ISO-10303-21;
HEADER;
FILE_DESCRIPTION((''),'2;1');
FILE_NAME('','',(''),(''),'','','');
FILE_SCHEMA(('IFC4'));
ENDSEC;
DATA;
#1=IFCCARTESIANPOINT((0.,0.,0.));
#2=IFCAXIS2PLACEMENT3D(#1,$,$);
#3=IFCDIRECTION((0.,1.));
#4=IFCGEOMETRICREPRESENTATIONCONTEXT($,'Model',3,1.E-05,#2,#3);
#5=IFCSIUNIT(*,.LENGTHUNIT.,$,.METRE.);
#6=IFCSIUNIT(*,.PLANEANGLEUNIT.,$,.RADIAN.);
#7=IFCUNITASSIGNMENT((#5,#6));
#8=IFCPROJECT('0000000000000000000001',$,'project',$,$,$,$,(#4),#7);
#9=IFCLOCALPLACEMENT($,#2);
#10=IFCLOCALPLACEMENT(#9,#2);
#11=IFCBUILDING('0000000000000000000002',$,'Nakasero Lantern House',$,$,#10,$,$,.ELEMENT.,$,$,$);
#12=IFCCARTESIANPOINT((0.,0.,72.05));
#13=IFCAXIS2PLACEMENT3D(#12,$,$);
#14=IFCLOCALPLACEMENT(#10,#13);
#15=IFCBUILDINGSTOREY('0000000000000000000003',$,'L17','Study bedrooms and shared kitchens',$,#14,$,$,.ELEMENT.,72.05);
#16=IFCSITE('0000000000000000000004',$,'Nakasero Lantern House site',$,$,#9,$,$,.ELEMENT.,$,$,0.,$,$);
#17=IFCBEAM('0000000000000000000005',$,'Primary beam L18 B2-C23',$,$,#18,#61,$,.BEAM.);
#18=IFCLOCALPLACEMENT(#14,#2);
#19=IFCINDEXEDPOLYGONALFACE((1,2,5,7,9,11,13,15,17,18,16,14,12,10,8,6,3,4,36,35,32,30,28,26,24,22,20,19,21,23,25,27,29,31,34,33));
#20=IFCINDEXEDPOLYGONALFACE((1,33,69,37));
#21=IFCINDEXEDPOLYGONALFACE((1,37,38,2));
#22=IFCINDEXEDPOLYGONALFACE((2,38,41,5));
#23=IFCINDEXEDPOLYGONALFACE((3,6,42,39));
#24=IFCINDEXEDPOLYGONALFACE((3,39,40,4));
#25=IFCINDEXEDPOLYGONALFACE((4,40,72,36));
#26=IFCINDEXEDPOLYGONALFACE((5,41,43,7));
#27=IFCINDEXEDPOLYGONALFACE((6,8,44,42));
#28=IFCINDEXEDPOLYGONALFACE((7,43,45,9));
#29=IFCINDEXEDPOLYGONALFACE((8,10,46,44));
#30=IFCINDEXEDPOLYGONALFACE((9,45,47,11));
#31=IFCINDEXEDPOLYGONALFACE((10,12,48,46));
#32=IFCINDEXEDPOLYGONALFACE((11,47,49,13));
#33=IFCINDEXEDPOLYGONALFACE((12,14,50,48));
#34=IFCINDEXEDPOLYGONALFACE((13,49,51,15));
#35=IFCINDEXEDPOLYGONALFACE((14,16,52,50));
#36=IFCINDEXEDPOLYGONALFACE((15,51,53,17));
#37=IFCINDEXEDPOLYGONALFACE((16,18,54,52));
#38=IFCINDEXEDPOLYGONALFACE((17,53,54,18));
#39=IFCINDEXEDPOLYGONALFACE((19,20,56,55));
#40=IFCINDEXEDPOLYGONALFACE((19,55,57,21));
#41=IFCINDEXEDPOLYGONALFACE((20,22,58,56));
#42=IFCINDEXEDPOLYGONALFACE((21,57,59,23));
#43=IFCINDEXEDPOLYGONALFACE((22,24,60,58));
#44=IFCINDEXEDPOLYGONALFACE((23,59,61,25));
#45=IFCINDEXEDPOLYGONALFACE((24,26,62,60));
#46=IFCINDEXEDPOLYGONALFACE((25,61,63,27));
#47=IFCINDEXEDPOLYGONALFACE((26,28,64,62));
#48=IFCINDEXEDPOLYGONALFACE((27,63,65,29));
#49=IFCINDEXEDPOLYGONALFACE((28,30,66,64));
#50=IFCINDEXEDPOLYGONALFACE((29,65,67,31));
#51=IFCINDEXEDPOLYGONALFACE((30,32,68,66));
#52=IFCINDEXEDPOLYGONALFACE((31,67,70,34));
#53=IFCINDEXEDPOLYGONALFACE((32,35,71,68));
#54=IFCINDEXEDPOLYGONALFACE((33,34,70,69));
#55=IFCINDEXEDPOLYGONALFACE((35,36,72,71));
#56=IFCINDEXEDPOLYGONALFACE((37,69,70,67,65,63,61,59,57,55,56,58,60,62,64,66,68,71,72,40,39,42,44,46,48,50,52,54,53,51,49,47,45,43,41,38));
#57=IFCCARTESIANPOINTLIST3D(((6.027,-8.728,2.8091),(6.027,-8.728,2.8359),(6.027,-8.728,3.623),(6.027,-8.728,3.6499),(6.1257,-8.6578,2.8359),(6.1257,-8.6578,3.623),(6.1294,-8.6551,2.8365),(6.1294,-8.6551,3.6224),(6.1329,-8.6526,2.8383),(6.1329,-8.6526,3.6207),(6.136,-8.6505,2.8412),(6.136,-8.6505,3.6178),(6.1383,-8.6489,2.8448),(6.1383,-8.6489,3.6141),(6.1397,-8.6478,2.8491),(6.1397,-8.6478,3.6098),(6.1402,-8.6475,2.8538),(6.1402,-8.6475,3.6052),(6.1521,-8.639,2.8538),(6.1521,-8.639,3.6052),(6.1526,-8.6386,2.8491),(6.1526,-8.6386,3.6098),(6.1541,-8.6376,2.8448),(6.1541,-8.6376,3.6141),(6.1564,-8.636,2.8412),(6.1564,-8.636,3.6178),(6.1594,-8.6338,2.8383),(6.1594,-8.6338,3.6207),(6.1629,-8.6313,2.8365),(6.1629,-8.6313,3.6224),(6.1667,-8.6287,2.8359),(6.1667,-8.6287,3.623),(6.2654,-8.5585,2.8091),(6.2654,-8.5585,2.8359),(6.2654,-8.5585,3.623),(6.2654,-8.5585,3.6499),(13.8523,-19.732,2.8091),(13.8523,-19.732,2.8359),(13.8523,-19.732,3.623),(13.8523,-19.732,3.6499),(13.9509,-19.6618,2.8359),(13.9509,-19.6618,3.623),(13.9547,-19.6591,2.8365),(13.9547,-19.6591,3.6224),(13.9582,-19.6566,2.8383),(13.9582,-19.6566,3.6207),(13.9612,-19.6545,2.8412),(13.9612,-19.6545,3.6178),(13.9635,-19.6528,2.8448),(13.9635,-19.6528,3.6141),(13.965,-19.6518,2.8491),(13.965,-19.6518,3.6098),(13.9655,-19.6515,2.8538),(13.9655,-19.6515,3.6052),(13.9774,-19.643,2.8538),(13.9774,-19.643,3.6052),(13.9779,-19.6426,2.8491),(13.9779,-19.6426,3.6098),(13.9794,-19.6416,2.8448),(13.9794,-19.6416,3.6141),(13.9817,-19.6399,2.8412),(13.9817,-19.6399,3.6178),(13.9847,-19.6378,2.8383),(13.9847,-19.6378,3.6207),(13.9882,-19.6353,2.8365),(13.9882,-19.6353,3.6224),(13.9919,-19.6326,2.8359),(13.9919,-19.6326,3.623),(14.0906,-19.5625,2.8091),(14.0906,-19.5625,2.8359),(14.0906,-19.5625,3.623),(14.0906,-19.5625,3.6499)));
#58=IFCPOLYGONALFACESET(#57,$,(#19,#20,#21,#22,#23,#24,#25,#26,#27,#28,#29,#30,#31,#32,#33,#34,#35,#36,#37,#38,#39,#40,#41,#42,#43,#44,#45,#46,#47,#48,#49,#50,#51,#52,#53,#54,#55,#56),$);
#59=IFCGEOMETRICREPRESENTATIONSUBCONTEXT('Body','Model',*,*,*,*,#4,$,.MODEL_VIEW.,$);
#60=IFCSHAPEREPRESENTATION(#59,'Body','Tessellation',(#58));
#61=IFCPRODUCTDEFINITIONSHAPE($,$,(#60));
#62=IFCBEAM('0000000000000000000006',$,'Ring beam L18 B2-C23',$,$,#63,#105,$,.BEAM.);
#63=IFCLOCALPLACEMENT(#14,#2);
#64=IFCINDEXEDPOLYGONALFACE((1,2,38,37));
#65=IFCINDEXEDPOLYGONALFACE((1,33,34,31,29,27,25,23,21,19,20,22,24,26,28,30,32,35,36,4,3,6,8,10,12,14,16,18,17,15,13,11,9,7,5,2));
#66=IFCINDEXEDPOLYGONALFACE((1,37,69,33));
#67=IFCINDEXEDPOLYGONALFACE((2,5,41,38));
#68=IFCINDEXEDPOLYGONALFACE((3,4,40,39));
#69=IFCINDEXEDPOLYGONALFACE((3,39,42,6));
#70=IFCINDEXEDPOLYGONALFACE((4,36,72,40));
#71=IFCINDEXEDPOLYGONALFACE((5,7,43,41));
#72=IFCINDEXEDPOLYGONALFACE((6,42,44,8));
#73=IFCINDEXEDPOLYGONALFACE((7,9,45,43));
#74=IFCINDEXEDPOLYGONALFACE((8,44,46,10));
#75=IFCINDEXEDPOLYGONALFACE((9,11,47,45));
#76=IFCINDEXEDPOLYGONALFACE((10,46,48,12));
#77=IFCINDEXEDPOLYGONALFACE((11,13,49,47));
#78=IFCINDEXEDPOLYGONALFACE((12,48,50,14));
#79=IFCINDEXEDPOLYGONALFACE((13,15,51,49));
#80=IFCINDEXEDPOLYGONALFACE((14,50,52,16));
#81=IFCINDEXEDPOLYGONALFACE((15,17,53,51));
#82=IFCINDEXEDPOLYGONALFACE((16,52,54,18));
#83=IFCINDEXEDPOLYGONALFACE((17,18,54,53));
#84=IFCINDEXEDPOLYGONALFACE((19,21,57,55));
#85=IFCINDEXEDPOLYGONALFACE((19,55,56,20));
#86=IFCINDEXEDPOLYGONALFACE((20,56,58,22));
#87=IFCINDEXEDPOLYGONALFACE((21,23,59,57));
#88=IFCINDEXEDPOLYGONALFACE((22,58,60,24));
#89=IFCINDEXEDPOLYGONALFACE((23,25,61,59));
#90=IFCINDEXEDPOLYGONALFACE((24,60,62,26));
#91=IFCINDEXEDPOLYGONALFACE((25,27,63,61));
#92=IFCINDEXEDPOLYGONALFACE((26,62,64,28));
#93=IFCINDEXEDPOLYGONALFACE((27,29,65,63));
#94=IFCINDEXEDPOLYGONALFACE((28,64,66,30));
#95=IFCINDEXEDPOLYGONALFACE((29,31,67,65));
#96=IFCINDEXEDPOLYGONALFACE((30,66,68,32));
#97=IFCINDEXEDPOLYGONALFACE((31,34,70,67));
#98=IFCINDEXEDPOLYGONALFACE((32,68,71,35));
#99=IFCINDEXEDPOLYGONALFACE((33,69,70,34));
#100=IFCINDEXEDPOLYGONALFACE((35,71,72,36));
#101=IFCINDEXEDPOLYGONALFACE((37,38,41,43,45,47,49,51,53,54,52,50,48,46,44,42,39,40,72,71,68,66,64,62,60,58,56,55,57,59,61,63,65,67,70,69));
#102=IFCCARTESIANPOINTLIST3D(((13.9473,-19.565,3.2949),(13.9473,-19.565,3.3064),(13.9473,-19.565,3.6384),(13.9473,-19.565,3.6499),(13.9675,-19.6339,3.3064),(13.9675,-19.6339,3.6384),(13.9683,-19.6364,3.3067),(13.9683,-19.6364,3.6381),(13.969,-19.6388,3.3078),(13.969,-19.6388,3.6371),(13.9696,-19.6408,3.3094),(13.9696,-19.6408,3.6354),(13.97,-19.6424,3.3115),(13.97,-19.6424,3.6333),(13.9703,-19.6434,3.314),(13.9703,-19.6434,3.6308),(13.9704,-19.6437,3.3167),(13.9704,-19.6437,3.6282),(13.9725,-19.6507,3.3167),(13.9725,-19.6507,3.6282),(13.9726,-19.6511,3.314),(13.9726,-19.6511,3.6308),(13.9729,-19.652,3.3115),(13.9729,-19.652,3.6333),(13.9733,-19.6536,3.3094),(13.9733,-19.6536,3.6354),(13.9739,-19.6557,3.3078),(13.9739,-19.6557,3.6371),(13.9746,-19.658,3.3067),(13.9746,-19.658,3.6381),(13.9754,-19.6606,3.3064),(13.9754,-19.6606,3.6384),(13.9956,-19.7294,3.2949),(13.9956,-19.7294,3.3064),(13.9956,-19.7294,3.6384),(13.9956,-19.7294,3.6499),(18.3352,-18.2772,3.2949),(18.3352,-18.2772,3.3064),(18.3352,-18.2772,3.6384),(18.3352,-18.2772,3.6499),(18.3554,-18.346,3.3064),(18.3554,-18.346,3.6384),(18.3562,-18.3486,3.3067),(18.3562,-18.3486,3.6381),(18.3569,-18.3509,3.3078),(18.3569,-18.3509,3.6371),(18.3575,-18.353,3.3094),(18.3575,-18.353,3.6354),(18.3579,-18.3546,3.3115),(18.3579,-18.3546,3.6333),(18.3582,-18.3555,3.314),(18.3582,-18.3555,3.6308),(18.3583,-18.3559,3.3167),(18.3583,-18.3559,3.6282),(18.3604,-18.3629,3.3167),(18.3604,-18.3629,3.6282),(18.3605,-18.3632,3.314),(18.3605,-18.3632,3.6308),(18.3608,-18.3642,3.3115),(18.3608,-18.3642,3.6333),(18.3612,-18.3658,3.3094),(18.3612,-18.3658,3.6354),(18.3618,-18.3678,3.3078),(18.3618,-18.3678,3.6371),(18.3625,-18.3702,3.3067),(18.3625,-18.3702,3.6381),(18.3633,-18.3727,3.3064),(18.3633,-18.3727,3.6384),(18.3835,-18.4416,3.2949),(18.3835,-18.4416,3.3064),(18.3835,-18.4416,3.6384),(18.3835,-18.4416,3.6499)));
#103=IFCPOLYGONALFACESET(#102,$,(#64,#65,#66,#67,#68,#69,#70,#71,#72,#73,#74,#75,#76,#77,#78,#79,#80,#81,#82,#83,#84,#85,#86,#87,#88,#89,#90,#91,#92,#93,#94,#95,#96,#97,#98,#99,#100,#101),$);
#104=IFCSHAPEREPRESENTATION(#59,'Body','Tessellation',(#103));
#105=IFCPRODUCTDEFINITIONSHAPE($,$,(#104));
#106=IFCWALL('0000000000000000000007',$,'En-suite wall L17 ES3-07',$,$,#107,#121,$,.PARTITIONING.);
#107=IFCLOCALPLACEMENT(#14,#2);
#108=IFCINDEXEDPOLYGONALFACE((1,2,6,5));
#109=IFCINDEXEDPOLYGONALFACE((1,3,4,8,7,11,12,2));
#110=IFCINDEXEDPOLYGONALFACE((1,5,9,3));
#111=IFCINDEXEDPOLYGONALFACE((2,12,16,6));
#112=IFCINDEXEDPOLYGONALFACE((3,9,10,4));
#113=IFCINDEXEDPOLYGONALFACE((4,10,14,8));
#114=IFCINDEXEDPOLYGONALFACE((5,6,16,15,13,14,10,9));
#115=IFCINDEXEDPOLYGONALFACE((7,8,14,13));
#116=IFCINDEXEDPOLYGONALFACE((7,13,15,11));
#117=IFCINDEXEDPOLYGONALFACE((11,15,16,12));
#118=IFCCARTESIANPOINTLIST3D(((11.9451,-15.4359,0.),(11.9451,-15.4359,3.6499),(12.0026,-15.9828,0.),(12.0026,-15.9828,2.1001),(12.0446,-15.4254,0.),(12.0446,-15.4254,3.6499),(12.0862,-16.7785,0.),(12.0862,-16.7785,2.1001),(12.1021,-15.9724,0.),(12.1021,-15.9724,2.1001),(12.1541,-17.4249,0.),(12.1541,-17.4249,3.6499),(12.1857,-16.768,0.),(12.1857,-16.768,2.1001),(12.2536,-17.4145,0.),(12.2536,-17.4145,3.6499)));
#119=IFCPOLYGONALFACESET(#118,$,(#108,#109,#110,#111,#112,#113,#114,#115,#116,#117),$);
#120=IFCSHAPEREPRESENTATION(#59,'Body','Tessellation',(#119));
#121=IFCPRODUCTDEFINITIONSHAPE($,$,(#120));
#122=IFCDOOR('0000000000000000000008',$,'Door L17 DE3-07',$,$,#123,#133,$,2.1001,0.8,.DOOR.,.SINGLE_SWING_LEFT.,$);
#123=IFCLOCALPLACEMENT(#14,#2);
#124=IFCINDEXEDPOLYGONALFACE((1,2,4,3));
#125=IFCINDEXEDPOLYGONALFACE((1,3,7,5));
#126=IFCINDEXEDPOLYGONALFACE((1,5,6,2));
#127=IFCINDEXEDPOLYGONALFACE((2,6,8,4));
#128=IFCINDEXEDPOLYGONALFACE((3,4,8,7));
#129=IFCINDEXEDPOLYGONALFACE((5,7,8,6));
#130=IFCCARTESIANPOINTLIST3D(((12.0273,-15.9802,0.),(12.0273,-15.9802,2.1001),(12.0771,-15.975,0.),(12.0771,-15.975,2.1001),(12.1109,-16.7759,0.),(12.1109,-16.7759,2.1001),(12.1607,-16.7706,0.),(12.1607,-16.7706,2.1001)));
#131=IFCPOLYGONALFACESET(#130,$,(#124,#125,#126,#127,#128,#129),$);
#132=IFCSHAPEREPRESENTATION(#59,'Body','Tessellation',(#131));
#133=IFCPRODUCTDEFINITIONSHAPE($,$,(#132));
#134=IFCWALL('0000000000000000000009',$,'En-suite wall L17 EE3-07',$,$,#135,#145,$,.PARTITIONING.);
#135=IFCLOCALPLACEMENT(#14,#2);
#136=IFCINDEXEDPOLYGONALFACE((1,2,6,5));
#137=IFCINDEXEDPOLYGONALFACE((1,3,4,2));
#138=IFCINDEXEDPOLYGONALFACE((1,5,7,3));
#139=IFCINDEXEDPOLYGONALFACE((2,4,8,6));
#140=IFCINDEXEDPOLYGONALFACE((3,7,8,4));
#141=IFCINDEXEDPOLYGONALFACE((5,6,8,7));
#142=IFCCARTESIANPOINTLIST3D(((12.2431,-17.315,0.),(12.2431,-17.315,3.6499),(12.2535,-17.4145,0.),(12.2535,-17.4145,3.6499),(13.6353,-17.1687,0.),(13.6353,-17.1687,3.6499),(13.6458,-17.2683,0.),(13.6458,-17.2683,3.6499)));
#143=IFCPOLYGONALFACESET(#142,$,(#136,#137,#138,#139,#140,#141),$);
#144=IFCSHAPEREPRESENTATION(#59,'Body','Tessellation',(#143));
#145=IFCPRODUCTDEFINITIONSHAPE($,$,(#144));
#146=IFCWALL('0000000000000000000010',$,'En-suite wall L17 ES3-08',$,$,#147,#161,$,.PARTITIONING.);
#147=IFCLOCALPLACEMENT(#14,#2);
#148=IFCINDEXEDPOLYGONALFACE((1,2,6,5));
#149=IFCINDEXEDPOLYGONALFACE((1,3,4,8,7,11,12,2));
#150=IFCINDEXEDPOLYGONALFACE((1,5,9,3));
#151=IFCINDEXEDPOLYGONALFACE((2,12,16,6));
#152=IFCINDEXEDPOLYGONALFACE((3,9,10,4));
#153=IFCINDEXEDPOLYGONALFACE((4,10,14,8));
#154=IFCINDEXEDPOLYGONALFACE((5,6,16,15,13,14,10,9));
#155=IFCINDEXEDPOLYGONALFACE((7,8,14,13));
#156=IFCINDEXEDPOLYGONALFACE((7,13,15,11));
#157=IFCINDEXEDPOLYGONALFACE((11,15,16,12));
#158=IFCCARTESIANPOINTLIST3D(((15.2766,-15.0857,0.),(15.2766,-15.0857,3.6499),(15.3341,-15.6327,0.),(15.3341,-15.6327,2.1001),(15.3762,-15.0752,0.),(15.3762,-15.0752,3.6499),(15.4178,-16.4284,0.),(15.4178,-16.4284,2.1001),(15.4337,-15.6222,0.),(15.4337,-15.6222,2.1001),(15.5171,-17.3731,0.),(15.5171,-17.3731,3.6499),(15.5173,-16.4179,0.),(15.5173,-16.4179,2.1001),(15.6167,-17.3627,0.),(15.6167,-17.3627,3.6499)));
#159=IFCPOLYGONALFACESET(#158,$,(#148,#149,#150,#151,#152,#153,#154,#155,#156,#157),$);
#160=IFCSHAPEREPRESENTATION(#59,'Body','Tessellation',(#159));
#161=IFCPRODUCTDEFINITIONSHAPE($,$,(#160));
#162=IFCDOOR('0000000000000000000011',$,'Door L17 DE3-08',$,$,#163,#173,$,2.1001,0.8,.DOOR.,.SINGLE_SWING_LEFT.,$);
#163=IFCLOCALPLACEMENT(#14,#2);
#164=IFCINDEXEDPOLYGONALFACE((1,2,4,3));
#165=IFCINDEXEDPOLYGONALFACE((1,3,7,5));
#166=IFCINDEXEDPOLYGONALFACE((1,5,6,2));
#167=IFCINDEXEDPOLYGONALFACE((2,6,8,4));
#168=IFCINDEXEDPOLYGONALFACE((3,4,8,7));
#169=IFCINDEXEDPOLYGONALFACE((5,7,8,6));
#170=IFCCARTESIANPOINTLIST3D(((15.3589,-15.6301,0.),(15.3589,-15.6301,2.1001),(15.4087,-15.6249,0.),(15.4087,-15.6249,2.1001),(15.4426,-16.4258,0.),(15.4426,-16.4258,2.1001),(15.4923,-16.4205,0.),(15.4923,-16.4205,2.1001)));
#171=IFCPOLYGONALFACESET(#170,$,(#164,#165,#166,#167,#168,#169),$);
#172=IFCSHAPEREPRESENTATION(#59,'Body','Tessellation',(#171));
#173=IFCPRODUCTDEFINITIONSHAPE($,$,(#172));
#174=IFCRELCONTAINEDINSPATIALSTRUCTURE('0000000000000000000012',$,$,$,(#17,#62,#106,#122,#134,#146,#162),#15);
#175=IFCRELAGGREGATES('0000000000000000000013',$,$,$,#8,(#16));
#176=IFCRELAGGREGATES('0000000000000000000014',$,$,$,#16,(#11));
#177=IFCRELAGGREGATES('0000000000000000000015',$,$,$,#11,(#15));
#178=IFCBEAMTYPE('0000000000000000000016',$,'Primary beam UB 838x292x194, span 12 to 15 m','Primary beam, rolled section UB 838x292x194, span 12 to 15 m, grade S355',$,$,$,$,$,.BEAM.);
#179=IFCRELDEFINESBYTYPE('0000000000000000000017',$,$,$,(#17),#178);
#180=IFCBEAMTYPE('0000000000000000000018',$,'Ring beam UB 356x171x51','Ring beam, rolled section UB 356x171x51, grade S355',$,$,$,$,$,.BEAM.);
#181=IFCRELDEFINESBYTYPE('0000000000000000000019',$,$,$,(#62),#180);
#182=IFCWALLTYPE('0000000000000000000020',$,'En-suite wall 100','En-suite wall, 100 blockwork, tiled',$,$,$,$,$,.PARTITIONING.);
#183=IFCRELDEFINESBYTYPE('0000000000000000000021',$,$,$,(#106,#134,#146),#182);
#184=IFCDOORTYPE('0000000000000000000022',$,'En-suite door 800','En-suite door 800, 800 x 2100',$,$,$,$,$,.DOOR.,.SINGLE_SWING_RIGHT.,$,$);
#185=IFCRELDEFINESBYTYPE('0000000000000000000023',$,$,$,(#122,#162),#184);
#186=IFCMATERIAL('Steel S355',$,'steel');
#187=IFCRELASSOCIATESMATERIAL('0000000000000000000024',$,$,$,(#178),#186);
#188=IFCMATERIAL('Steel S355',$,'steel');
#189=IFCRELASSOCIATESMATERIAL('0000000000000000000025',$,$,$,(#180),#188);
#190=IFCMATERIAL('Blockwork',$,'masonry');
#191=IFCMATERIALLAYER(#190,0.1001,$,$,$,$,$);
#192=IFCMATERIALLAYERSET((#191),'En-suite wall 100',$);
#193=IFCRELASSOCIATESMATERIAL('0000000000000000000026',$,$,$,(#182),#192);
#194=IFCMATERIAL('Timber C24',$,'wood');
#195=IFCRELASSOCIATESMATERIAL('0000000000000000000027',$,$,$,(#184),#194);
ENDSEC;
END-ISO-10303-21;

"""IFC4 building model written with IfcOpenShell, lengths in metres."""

from ifc_helpers import new_model, si_unit, direction, frame, frame_2d, origin, origin_2d, place, context, subcontext, project, spatial, rectangle, i_section, extrude, material, layer, layer_set, material_profile, profile_set, type_object, element, fill, save


model = new_model("IFC4")

# Units and contexts
model_context = context("Model", 3, precision=1e-05, world=origin(), true_north=direction((0.0, 1.0)))
body_context = subcontext(model_context, "Body", "Model", "MODEL_VIEW")
ifc_project = project(units=[si_unit("LENGTHUNIT", "METRE"), si_unit("PLANEANGLEUNIT", "RADIAN")], contexts=[model_context])

# Site, building, storey
site_placement = place(None, origin())
site = spatial("IfcSite", under=ifc_project, at=site_placement, Name="Nakasero Lantern House site", CompositionType="ELEMENT", RefElevation=0.0)
building_placement = place(site_placement, origin())
building = spatial("IfcBuilding", under=site, at=building_placement, Name="Nakasero Lantern House", CompositionType="ELEMENT")
storey_placement = place(building_placement, frame((0.0, 0.0, 72.05)))
storey = spatial("IfcBuildingStorey", under=building, at=storey_placement, Name="L17", Description="Study bedrooms and shared kitchens", CompositionType="ELEMENT", Elevation=72.05)

# Beams
ifc_material_1 = material(Name="Steel S355", Category="steel")
ifc_material_profile_1 = material_profile(ifc_material_1, i_section(OverallWidth=0.2925, OverallDepth=0.8408, WebThickness=0.0146, FlangeThickness=0.0269, FilletRadius=0.0178, at=origin_2d()), Name="UB 838x292x194")
ifc_profile_set_1 = profile_set([ifc_material_profile_1], Name="Steel S355")
beam_type_1 = type_object("IfcBeamType", Name="Primary beam UB 838x292x194, span 12 to 15 m", Description="Primary beam, rolled section UB 838x292x194, span 12 to 15 m, grade S355", PredefinedType="BEAM", material=ifc_profile_set_1)
beam_1_placement = place(storey_placement, frame((13.9714, -19.6472, 3.2295), z_axis=(-0.579533, 0.814948, 0.0), x_axis=(-0.814948, -0.579533, 0.0)))
element("IfcBeam", 1, at=beam_1_placement, inside=storey, type_object=beam_type_1, Name="Primary beam L18 B2-C23", PredefinedType="BEAM", context=body_context, shape_type="SweptSolid", body=[
    extrude(i_section(OverallWidth=0.2925, OverallDepth=0.8408, WebThickness=0.0146, FlangeThickness=0.0269, FilletRadius=0.0178, at=origin_2d()), origin(), (0.0, 0.0, 1.0), 13.5027),
])
ifc_material_2 = material(Name="Steel S355", Category="steel")
ifc_material_profile_2 = material_profile(ifc_material_2, i_section(OverallWidth=0.1714, OverallDepth=0.355, WebThickness=0.0073, FlangeThickness=0.0115, FilletRadius=0.0103, at=origin_2d()), Name="UB 356x171x51")
ifc_profile_set_2 = profile_set([ifc_material_profile_2], Name="Steel S355")
beam_type_2 = type_object("IfcBeamType", Name="Ring beam UB 356x171x51", Description="Ring beam, rolled section UB 356x171x51, grade S355", PredefinedType="BEAM", material=ifc_profile_set_2)
beam_2_placement = place(storey_placement, frame((13.9714, -19.6472, 3.4724), z_axis=(0.959527, 0.281617, 0.0), x_axis=(-0.281617, 0.959527, 0.0)))
element("IfcBeam", 2, at=beam_2_placement, inside=storey, type_object=beam_type_2, Name="Ring beam L18 B2-C23", PredefinedType="BEAM", context=body_context, shape_type="SweptSolid", body=[
    extrude(i_section(OverallWidth=0.1714, OverallDepth=0.355, WebThickness=0.0073, FlangeThickness=0.0115, FilletRadius=0.0103, at=origin_2d()), origin(), (0.0, 0.0, 1.0), 4.573),
])

# Wall, opening, door
ifc_material_3 = material(Name="Blockwork", Category="masonry")
ifc_layer_1 = layer(ifc_material_3, 0.1001)
ifc_layer_set_1 = layer_set([ifc_layer_1], Name="En-suite wall 100")
wall_type_1 = type_object("IfcWallType", Name="En-suite wall 100", Description="En-suite wall, 100 blockwork, tiled", PredefinedType="PARTITIONING", material=ifc_layer_set_1)
wall_1_placement = place(storey_placement, frame((11.9949, -15.4307, 0.0), z_axis=(0.0, 0.0, 1.0), x_axis=(0.104494, -0.994526, 0.0)))
wall_1 = element("IfcWall", 3, at=wall_1_placement, inside=storey, type_object=wall_type_1, Name="En-suite wall L17 ES3-07", PredefinedType="PARTITIONING", context=body_context, shape_type="SweptSolid", body=[
    extrude(rectangle(XDim=2.0, YDim=0.1001, at=frame_2d((1.0, 0.0))), origin(), (0.0, 0.0, 1.0), 3.6499),
])
opening_1_placement = place(wall_1_placement, frame((0.55, 0.0, 0.0)))
opening_1 = element("IfcOpeningElement", 4, at=opening_1_placement, cuts=wall_1, PredefinedType="OPENING", context=body_context, shape_type="SweptSolid", body=[
    extrude(rectangle(XDim=0.8, YDim=2.1001, at=frame_2d((0.3999, 1.05))), frame((0.0, 0.0701, 0.0), z_axis=(0.0, -1.0, 0.0), x_axis=(1.0, 0.0, 0.0)), (0.0, 0.0, 1.0), 0.1401),
])
ifc_material_4 = material(Name="Timber C24", Category="wood")
door_type = type_object("IfcDoorType", Name="En-suite door 800", Description="En-suite door 800, 800 x 2100", OperationType="SINGLE_SWING_RIGHT", PredefinedType="DOOR", material=ifc_material_4)
door_1_placement = place(opening_1_placement, origin())
door_1 = element("IfcDoor", 5, at=door_1_placement, inside=storey, type_object=door_type, Name="Door L17 DE3-07", OperationType="SINGLE_SWING_LEFT", OverallHeight=2.1001, OverallWidth=0.8, PredefinedType="DOOR", context=body_context, shape_type="SweptSolid", body=[
    extrude(rectangle(XDim=0.8, YDim=2.1001, at=frame_2d((0.3999, 1.05))), frame((0.0, 0.0249, 0.0), z_axis=(0.0, -1.0, 0.0), x_axis=(1.0, 0.0, 0.0)), (0.0, 0.0, 1.0), 0.05),
])
fill(opening_1, door_1)

# Wall
wall_2_placement = place(storey_placement, frame((12.2483, -17.3647, 0.0), z_axis=(0.0, 0.0, 1.0), x_axis=(0.994529, 0.104458, 0.0)))
element("IfcWall", 6, at=wall_2_placement, inside=storey, type_object=wall_type_1, Name="En-suite wall L17 EE3-07", PredefinedType="PARTITIONING", context=body_context, shape_type="SweptSolid", body=[
    extrude(rectangle(XDim=1.3999, YDim=0.1001, at=frame_2d((0.7, 0.0))), origin(), (0.0, 0.0, 1.0), 3.6499),
])

# Wall, opening, door
wall_3_placement = place(storey_placement, frame((15.3264, -15.0806, 0.0), z_axis=(0.0, 0.0, 1.0), x_axis=(0.104558, -0.994519, 0.0)))
wall_3 = element("IfcWall", 7, at=wall_3_placement, inside=storey, type_object=wall_type_1, Name="En-suite wall L17 ES3-08", PredefinedType="PARTITIONING", context=body_context, shape_type="SweptSolid", body=[
    extrude(rectangle(XDim=2.3, YDim=0.1001, at=frame_2d((1.1499, 0.0))), origin(), (0.0, 0.0, 1.0), 3.6499),
])
opening_2_placement = place(wall_3_placement, frame((0.55, 0.0, 0.0)))
opening_2 = element("IfcOpeningElement", 8, at=opening_2_placement, cuts=wall_3, PredefinedType="OPENING", context=body_context, shape_type="SweptSolid", body=[
    extrude(rectangle(XDim=0.8, YDim=2.1001, at=frame_2d((0.3999, 1.05))), frame((0.0, 0.0701, 0.0), z_axis=(0.0, -1.0, 0.0), x_axis=(1.0, 0.0, 0.0)), (0.0, 0.0, 1.0), 0.1401),
])
door_2_placement = place(opening_2_placement, origin())
door_2 = element("IfcDoor", 9, at=door_2_placement, inside=storey, type_object=door_type, Name="Door L17 DE3-08", OperationType="SINGLE_SWING_LEFT", OverallHeight=2.1001, OverallWidth=0.8, PredefinedType="DOOR", context=body_context, shape_type="SweptSolid", body=[
    extrude(rectangle(XDim=0.8, YDim=2.1001, at=frame_2d((0.3999, 1.05))), frame((0.0, 0.0249, 0.0), z_axis=(0.0, -1.0, 0.0), x_axis=(1.0, 0.0, 0.0)), (0.0, 0.0, 1.0), 0.05),
])
fill(opening_2, door_2)

save(model, "model.ifc")
